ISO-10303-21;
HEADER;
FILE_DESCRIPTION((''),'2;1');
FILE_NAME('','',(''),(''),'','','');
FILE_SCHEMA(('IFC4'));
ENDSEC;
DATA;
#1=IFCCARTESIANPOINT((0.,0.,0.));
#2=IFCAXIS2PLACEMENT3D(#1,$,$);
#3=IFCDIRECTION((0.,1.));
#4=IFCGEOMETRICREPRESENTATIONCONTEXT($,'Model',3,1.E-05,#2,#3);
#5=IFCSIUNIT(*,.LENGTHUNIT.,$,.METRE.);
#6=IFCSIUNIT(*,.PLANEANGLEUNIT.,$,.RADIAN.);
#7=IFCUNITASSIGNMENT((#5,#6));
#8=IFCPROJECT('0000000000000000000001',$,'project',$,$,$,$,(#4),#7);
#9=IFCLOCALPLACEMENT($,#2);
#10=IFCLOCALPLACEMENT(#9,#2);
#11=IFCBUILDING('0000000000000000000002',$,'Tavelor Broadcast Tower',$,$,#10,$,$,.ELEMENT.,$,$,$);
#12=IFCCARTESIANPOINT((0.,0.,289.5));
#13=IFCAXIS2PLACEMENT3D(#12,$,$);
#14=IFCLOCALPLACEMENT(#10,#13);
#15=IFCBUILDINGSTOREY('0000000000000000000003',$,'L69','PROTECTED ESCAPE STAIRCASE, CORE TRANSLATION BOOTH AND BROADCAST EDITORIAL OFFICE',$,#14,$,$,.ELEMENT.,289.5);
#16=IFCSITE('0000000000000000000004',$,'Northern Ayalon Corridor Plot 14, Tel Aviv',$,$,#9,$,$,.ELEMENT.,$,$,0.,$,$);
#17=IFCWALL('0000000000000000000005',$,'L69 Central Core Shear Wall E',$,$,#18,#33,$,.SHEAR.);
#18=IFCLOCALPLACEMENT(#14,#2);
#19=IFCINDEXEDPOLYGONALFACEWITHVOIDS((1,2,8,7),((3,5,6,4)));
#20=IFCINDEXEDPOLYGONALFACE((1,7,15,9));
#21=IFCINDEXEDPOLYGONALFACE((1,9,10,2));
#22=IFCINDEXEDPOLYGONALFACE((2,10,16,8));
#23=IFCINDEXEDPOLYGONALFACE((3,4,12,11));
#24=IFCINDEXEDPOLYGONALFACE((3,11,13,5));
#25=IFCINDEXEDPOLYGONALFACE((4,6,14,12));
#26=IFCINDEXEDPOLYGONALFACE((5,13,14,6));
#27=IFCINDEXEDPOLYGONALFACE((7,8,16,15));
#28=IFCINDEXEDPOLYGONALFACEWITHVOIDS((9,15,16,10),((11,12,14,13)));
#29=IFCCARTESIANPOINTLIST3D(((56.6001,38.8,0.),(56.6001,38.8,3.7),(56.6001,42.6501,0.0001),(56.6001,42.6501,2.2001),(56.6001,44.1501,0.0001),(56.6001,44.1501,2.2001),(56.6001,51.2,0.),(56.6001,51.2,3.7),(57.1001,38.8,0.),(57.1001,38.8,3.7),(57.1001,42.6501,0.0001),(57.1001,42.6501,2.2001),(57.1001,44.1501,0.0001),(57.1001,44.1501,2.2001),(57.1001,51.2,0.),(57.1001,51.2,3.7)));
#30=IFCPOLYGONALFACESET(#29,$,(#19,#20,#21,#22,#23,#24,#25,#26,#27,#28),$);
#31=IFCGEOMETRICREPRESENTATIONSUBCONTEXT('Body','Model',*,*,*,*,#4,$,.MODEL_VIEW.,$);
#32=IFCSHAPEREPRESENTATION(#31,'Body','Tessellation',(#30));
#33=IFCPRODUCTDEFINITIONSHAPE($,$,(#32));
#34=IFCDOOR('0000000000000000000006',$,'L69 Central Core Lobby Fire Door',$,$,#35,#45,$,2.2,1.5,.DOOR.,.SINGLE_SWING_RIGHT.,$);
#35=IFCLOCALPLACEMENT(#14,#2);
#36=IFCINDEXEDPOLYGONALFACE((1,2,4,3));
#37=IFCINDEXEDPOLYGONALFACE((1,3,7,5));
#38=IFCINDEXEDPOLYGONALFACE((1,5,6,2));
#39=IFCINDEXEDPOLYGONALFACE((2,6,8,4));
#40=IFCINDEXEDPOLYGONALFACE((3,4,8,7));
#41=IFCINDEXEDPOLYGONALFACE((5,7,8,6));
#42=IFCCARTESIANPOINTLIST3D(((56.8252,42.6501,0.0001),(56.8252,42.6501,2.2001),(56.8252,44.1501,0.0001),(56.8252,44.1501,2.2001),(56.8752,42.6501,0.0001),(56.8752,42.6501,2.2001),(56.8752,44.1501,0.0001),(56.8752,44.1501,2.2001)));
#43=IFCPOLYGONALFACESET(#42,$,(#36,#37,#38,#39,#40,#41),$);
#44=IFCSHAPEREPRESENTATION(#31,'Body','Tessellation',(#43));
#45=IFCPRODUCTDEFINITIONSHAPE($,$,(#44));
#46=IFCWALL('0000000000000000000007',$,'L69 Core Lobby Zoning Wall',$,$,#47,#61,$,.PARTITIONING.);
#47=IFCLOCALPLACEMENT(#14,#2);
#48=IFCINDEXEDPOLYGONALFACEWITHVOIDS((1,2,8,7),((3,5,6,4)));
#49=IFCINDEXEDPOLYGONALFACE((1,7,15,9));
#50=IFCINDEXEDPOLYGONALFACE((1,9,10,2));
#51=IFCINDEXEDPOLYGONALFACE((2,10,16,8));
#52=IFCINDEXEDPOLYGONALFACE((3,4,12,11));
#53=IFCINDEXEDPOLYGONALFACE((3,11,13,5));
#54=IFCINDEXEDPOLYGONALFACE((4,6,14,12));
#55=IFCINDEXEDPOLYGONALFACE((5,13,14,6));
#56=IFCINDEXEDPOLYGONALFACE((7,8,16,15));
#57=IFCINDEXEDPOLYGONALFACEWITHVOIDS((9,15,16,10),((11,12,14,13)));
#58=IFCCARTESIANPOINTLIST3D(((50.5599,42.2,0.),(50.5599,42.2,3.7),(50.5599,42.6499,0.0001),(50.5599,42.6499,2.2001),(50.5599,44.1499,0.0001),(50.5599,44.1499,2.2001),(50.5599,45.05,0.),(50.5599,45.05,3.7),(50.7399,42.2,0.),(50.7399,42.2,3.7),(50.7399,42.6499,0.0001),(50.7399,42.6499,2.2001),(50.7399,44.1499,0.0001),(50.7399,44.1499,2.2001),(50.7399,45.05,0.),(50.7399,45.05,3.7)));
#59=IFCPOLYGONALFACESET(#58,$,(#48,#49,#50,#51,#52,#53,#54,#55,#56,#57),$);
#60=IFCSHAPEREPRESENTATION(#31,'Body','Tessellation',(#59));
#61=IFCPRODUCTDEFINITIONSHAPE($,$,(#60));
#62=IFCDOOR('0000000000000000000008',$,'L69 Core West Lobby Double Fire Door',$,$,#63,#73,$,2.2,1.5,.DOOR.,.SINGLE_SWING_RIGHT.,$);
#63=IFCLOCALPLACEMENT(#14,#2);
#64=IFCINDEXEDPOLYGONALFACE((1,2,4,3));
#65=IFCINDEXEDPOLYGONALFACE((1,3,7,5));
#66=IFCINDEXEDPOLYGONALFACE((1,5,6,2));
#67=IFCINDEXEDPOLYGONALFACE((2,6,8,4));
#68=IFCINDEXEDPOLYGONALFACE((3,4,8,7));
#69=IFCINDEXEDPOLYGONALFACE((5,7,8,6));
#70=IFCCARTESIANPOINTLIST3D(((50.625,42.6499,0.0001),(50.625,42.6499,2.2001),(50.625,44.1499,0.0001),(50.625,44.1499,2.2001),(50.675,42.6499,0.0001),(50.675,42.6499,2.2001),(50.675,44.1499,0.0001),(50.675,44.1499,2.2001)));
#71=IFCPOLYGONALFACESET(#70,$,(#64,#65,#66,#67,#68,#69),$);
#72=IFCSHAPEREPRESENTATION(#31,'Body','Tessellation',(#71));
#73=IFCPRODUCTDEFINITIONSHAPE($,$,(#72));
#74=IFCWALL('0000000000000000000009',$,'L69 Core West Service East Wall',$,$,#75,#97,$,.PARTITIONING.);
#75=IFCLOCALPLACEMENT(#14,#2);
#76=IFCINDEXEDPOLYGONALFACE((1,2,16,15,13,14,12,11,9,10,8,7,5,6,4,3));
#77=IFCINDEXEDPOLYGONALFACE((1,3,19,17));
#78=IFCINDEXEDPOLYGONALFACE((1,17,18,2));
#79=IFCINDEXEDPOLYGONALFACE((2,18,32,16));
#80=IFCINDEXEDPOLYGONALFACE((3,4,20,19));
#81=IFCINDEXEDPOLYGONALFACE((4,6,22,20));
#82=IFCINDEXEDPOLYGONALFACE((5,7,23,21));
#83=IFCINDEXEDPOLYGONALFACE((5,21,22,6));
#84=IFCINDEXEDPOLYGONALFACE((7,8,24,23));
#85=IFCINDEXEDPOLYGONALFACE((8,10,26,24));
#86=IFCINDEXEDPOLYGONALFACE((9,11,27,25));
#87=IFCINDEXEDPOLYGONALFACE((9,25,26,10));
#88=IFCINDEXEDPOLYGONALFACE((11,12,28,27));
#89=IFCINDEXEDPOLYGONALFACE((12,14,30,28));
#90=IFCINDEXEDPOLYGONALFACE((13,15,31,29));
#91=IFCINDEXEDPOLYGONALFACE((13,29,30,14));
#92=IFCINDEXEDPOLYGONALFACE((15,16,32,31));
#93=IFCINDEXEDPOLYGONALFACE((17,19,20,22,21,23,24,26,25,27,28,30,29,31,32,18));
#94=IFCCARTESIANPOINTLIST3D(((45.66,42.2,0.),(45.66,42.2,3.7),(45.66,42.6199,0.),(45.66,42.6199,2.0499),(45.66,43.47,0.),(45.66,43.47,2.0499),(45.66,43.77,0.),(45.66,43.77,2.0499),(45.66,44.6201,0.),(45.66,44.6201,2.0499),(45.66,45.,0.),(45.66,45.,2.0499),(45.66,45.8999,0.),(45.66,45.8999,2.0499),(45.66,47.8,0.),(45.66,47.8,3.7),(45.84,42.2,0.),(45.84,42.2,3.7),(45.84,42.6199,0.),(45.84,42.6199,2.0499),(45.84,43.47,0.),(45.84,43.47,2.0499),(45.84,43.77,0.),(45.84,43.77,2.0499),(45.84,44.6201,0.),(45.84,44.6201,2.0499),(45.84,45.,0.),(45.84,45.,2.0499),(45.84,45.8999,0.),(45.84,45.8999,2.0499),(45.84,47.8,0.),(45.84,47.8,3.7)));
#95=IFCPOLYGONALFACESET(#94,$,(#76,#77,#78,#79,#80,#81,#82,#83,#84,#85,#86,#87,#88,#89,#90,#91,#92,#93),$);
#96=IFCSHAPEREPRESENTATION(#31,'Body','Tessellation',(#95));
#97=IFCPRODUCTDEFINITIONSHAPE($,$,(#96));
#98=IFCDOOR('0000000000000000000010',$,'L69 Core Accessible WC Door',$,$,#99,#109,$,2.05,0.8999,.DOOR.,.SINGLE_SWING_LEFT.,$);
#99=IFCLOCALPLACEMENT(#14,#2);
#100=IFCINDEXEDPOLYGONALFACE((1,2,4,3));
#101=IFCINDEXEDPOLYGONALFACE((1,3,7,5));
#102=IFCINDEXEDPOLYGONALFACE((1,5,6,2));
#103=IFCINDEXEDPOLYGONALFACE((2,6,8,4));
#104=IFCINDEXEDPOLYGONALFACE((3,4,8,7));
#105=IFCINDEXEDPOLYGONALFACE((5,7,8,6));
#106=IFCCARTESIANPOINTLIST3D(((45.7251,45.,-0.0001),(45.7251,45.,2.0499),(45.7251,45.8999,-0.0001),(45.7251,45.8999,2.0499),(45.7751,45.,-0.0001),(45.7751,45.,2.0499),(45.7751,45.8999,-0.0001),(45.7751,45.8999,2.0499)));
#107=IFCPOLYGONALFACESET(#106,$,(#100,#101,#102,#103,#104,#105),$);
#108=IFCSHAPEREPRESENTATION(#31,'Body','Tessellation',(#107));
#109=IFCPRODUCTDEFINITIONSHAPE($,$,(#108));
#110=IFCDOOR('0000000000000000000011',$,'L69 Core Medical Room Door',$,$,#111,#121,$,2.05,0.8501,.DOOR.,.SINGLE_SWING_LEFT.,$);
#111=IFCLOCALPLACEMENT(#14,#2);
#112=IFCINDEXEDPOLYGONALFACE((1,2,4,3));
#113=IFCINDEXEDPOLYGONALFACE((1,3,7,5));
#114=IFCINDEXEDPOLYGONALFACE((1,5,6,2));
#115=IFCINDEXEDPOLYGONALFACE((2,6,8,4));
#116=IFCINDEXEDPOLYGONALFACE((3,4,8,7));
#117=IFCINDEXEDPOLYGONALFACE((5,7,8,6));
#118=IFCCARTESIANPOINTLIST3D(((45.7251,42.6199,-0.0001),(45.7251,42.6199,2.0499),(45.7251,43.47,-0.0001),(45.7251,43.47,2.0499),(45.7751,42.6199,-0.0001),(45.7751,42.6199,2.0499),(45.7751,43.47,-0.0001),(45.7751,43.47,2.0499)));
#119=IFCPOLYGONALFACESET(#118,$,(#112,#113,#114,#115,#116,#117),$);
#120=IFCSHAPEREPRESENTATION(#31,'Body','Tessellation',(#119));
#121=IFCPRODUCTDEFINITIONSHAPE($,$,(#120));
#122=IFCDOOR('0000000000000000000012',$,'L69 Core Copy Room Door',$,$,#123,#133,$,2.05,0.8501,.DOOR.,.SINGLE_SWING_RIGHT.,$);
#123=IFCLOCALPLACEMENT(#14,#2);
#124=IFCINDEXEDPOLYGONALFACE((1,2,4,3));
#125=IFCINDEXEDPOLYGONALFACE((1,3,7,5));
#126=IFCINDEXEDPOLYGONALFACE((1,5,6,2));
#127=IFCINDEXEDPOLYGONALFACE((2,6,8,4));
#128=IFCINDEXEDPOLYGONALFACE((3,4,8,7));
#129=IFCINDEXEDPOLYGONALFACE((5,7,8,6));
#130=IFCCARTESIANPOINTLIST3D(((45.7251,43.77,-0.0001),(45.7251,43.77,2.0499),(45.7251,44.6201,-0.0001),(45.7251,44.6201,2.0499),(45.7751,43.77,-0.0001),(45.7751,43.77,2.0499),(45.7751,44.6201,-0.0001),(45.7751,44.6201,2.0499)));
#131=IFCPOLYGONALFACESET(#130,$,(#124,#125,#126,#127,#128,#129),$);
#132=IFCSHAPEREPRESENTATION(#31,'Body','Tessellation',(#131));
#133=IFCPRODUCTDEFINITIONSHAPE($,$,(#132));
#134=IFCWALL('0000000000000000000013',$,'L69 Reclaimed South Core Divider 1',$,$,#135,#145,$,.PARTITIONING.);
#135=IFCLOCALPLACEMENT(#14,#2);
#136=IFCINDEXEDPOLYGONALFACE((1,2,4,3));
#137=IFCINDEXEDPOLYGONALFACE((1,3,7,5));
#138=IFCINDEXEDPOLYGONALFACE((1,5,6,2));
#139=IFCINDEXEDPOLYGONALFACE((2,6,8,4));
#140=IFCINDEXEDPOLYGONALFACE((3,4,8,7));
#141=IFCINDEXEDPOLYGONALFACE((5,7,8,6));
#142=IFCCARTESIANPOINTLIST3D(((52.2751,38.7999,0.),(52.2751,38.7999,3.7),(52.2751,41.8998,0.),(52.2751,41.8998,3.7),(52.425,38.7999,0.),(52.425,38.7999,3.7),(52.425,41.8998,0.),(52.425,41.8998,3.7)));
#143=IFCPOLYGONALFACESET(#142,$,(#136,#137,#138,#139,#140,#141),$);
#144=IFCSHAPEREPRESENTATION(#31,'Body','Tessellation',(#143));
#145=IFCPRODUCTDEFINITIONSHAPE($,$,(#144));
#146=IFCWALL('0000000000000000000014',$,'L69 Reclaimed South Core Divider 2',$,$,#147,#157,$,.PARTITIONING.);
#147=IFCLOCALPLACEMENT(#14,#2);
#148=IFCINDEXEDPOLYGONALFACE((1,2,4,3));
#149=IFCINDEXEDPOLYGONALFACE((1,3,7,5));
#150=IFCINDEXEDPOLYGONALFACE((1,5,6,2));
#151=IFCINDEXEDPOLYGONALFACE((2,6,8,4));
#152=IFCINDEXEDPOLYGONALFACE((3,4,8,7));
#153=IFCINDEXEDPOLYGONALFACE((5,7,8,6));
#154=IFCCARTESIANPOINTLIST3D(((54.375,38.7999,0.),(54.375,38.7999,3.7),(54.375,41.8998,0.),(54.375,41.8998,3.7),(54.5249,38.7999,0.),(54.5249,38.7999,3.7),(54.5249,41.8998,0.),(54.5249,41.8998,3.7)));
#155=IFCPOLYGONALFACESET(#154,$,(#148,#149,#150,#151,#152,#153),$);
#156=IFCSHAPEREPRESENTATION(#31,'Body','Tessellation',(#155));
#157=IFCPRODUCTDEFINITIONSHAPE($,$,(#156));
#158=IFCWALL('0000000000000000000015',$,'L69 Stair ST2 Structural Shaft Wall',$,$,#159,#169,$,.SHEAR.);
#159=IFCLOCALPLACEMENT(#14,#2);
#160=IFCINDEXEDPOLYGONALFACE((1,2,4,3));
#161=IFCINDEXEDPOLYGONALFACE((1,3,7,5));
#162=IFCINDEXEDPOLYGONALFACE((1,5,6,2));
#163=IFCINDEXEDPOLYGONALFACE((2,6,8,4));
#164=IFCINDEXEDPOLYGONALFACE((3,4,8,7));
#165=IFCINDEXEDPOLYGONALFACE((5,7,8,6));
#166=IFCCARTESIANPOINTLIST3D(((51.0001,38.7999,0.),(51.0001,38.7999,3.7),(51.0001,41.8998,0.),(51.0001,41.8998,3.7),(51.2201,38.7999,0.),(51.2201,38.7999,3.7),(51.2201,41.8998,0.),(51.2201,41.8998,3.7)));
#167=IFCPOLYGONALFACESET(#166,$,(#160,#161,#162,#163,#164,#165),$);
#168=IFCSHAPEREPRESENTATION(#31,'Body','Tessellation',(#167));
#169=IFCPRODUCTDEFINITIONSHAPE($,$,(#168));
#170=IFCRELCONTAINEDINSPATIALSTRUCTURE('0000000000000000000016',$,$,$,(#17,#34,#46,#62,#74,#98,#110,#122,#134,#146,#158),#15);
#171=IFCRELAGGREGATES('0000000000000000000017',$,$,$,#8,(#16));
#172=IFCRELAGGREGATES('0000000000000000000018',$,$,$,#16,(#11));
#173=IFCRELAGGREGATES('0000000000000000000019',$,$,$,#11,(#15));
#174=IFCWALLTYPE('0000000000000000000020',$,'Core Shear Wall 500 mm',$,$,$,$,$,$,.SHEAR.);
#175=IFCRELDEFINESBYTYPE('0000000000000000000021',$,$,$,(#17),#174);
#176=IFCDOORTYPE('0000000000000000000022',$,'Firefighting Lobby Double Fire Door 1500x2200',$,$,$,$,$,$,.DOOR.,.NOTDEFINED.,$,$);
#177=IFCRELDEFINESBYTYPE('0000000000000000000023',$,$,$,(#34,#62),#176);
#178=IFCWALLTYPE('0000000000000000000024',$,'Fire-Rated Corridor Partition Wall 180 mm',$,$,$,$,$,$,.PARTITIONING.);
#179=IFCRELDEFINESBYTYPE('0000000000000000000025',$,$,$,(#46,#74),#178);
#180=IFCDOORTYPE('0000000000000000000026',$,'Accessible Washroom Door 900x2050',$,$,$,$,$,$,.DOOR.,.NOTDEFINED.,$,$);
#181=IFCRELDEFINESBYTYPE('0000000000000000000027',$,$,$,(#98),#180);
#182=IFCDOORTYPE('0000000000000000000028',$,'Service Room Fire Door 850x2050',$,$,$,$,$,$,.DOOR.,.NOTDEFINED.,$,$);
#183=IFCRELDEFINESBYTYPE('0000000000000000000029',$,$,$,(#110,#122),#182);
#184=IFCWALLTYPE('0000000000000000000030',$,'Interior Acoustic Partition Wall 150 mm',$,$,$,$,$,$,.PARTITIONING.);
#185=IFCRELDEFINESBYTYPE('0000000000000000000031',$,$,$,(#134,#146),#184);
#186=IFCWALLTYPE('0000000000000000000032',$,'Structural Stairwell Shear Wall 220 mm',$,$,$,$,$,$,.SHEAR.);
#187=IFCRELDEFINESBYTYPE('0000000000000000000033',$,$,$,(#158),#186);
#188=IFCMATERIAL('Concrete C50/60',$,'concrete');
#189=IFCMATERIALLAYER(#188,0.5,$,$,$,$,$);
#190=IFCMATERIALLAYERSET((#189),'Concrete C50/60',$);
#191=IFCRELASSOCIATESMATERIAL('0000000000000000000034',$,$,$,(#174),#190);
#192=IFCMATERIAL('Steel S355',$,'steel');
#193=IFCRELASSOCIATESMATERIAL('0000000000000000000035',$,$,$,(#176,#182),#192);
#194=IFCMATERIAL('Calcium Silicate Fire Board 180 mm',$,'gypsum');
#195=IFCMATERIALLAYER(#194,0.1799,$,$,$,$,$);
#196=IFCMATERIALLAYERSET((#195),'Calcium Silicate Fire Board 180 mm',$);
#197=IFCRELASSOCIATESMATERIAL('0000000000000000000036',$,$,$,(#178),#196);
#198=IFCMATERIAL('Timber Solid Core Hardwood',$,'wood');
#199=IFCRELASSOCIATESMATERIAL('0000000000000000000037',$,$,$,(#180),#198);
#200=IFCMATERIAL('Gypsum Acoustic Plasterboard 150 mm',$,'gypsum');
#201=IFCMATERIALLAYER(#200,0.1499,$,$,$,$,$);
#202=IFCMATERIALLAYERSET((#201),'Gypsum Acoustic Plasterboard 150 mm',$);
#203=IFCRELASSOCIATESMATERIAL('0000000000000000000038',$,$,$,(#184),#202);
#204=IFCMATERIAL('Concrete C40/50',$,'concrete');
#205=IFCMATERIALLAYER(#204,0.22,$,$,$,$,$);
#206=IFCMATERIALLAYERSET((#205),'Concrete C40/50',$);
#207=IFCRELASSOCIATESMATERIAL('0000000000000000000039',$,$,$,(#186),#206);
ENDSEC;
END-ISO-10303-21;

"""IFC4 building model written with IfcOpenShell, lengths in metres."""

from ifc_helpers import new_model, si_unit, direction, frame, frame_2d, origin, place, context, subcontext, project, spatial, rectangle, extrude, material, layer, layer_set, type_object, element, fill, save


model = new_model("IFC4")

# Units and contexts
model_context = context("Model", 3, precision=1e-05, world=origin(), true_north=direction((0.0, 1.0)))
body_context = subcontext(model_context, "Body", "Model", "MODEL_VIEW")
ifc_project = project(units=[si_unit("LENGTHUNIT", "METRE"), si_unit("PLANEANGLEUNIT", "RADIAN")], contexts=[model_context])

# Site, building, storey
site_placement = place(None, origin())
site = spatial("IfcSite", under=ifc_project, at=site_placement, Name="Northern Ayalon Corridor Plot 14, Tel Aviv", CompositionType="ELEMENT", RefElevation=0.0)
building_placement = place(site_placement, origin())
building = spatial("IfcBuilding", under=site, at=building_placement, Name="Tavelor Broadcast Tower", CompositionType="ELEMENT")
storey_placement = place(building_placement, frame((0.0, 0.0, 289.5)))
storey = spatial("IfcBuildingStorey", under=building, at=storey_placement, Name="L69", Description="PROTECTED ESCAPE STAIRCASE, CORE TRANSLATION BOOTH AND BROADCAST EDITORIAL OFFICE", CompositionType="ELEMENT", Elevation=289.5)

# Shared definitions
ifc_material_1 = material(Name="Concrete C50/60", Category="concrete")

# Shared definitions
ifc_material_2 = material(Name="Concrete C40/50", Category="concrete")
ifc_material_3 = material(Name="Steel S355", Category="steel")

# Walls, openings, doors
ifc_layer_1 = layer(ifc_material_1, 0.5)
ifc_layer_set_1 = layer_set([ifc_layer_1], Name="Concrete C50/60")
wall_type_1 = type_object("IfcWallType", Name="Core Shear Wall 500 mm", PredefinedType="SHEAR", material=ifc_layer_set_1)
wall_1_placement = place(storey_placement, frame((56.8501, 38.8, 0.0), z_axis=(0.0, 0.0, 1.0), x_axis=(0.0, 1.0, 0.0)))
wall_1 = element("IfcWall", 1, at=wall_1_placement, inside=storey, type_object=wall_type_1, Name="L69 Central Core Shear Wall E", PredefinedType="SHEAR", context=body_context, shape_type="SweptSolid", body=[
    extrude(rectangle(XDim=12.3999, YDim=0.5, at=frame_2d((6.2, 0.0))), origin(), (0.0, 0.0, 1.0), 3.7),
])
opening_1_placement = place(wall_1_placement, frame((3.8501, 0.0, 0.0)))
opening_1 = element("IfcOpeningElement", 2, at=opening_1_placement, cuts=wall_1, PredefinedType="OPENING", context=body_context, shape_type="SweptSolid", body=[
    extrude(rectangle(XDim=1.5, YDim=2.2, at=frame_2d((0.75, 1.1001))), frame((0.0, 0.26, 0.0), z_axis=(0.0, -1.0, 0.0), x_axis=(1.0, 0.0, 0.0)), (0.0, 0.0, 1.0), 0.52),
])
door_type_1 = type_object("IfcDoorType", Name="Firefighting Lobby Double Fire Door 1500x2200", OperationType="NOTDEFINED", PredefinedType="DOOR", material=ifc_material_3)
door_1_placement = place(opening_1_placement, origin())
door_1 = element("IfcDoor", 3, at=door_1_placement, inside=storey, type_object=door_type_1, Name="L69 Central Core Lobby Fire Door", OperationType="SINGLE_SWING_RIGHT", OverallHeight=2.2, OverallWidth=1.5, PredefinedType="DOOR", context=body_context, shape_type="SweptSolid", body=[
    extrude(rectangle(XDim=1.5, YDim=2.2, at=frame_2d((0.75, 1.1001))), frame((0.0, 0.0249, 0.0), z_axis=(0.0, -1.0, 0.0), x_axis=(1.0, 0.0, 0.0)), (0.0, 0.0, 1.0), 0.05),
])
fill(opening_1, door_1)
ifc_material_4 = material(Name="Calcium Silicate Fire Board 180 mm", Category="gypsum")
ifc_layer_2 = layer(ifc_material_4, 0.1799)
ifc_layer_set_2 = layer_set([ifc_layer_2], Name="Calcium Silicate Fire Board 180 mm")
wall_type_2 = type_object("IfcWallType", Name="Fire-Rated Corridor Partition Wall 180 mm", PredefinedType="PARTITIONING", material=ifc_layer_set_2)
wall_2_placement = place(storey_placement, frame((50.6499, 42.2, 0.0), z_axis=(0.0, 0.0, 1.0), x_axis=(0.0, 1.0, 0.0)))
wall_2 = element("IfcWall", 4, at=wall_2_placement, inside=storey, type_object=wall_type_2, Name="L69 Core Lobby Zoning Wall", PredefinedType="PARTITIONING", context=body_context, shape_type="SweptSolid", body=[
    extrude(rectangle(XDim=2.8501, YDim=0.1799, at=frame_2d((1.425, 0.0))), origin(), (0.0, 0.0, 1.0), 3.7),
])
opening_2_placement = place(wall_2_placement, frame((0.45, 0.0, 0.0)))
opening_2 = element("IfcOpeningElement", 5, at=opening_2_placement, cuts=wall_2, PredefinedType="OPENING", context=body_context, shape_type="SweptSolid", body=[
    extrude(rectangle(XDim=1.5, YDim=2.2, at=frame_2d((0.75, 1.1001))), frame((0.0, 0.1001, 0.0), z_axis=(0.0, -1.0, 0.0), x_axis=(1.0, 0.0, 0.0)), (0.0, 0.0, 1.0), 0.2),
])
door_2_placement = place(opening_2_placement, origin())
door_2 = element("IfcDoor", 6, at=door_2_placement, inside=storey, type_object=door_type_1, Name="L69 Core West Lobby Double Fire Door", OperationType="SINGLE_SWING_RIGHT", OverallHeight=2.2, OverallWidth=1.5, PredefinedType="DOOR", context=body_context, shape_type="SweptSolid", body=[
    extrude(rectangle(XDim=1.5, YDim=2.2, at=frame_2d((0.75, 1.1001))), frame((0.0, 0.0249, 0.0), z_axis=(0.0, -1.0, 0.0), x_axis=(1.0, 0.0, 0.0)), (0.0, 0.0, 1.0), 0.05),
])
fill(opening_2, door_2)

# Wall, openings, doors
wall_3_placement = place(storey_placement, frame((45.75, 42.2, 0.0), z_axis=(0.0, 0.0, 1.0), x_axis=(0.0, 1.0, 0.0)))
wall_3 = element("IfcWall", 7, at=wall_3_placement, inside=storey, type_object=wall_type_2, Name="L69 Core West Service East Wall", PredefinedType="PARTITIONING", context=body_context, shape_type="SweptSolid", body=[
    extrude(rectangle(XDim=5.6001, YDim=0.1799, at=frame_2d((2.8, 0.0))), origin(), (0.0, 0.0, 1.0), 3.7),
])
opening_3_placement = place(wall_3_placement, frame((0.4199, 0.0, 0.0)))
opening_3 = element("IfcOpeningElement", 8, at=opening_3_placement, cuts=wall_3, PredefinedType="OPENING", context=body_context, shape_type="SweptSolid", body=[
    extrude(rectangle(XDim=0.8501, YDim=2.05, at=frame_2d((0.425, 1.0249))), frame((0.0, 0.1001, 0.0), z_axis=(0.0, -1.0, 0.0), x_axis=(1.0, 0.0, 0.0)), (0.0, 0.0, 1.0), 0.2),
])
opening_4_placement = place(wall_3_placement, frame((1.5701, 0.0, 0.0)))
opening_4 = element("IfcOpeningElement", 9, at=opening_4_placement, cuts=wall_3, PredefinedType="OPENING", context=body_context, shape_type="SweptSolid", body=[
    extrude(rectangle(XDim=0.8501, YDim=2.05, at=frame_2d((0.425, 1.0249))), frame((0.0, 0.1001, 0.0), z_axis=(0.0, -1.0, 0.0), x_axis=(1.0, 0.0, 0.0)), (0.0, 0.0, 1.0), 0.2),
])
opening_5_placement = place(wall_3_placement, frame((2.8, 0.0, 0.0)))
opening_5 = element("IfcOpeningElement", 10, at=opening_5_placement, cuts=wall_3, PredefinedType="OPENING", context=body_context, shape_type="SweptSolid", body=[
    extrude(rectangle(XDim=0.8999, YDim=2.05, at=frame_2d((0.45, 1.0249))), frame((0.0, 0.1001, 0.0), z_axis=(0.0, -1.0, 0.0), x_axis=(1.0, 0.0, 0.0)), (0.0, 0.0, 1.0), 0.2),
])
ifc_material_5 = material(Name="Timber Solid Core Hardwood", Category="wood")
door_type_2 = type_object("IfcDoorType", Name="Accessible Washroom Door 900x2050", OperationType="NOTDEFINED", PredefinedType="DOOR", material=ifc_material_5)
door_3_placement = place(opening_5_placement, origin())
door_3 = element("IfcDoor", 11, at=door_3_placement, inside=storey, type_object=door_type_2, Name="L69 Core Accessible WC Door", OperationType="SINGLE_SWING_LEFT", OverallHeight=2.05, OverallWidth=0.8999, PredefinedType="DOOR", context=body_context, shape_type="SweptSolid", body=[
    extrude(rectangle(XDim=0.8999, YDim=2.05, at=frame_2d((0.45, 1.0249))), frame((0.0, 0.0249, 0.0), z_axis=(0.0, -1.0, 0.0), x_axis=(1.0, 0.0, 0.0)), (0.0, 0.0, 1.0), 0.05),
])
fill(opening_5, door_3)
door_type_3 = type_object("IfcDoorType", Name="Service Room Fire Door 850x2050", OperationType="NOTDEFINED", PredefinedType="DOOR", material=ifc_material_3)
door_4_placement = place(opening_3_placement, origin())
door_4 = element("IfcDoor", 12, at=door_4_placement, inside=storey, type_object=door_type_3, Name="L69 Core Medical Room Door", OperationType="SINGLE_SWING_LEFT", OverallHeight=2.05, OverallWidth=0.8501, PredefinedType="DOOR", context=body_context, shape_type="SweptSolid", body=[
    extrude(rectangle(XDim=0.8501, YDim=2.05, at=frame_2d((0.425, 1.0249))), frame((0.0, 0.0249, 0.0), z_axis=(0.0, -1.0, 0.0), x_axis=(1.0, 0.0, 0.0)), (0.0, 0.0, 1.0), 0.05),
])
fill(opening_3, door_4)
door_5_placement = place(opening_4_placement, origin())
door_5 = element("IfcDoor", 13, at=door_5_placement, inside=storey, type_object=door_type_3, Name="L69 Core Copy Room Door", OperationType="SINGLE_SWING_RIGHT", OverallHeight=2.05, OverallWidth=0.8501, PredefinedType="DOOR", context=body_context, shape_type="SweptSolid", body=[
    extrude(rectangle(XDim=0.8501, YDim=2.05, at=frame_2d((0.425, 1.0249))), frame((0.0, 0.0249, 0.0), z_axis=(0.0, -1.0, 0.0), x_axis=(1.0, 0.0, 0.0)), (0.0, 0.0, 1.0), 0.05),
])
fill(opening_4, door_5)

# Walls
ifc_material_6 = material(Name="Gypsum Acoustic Plasterboard 150 mm", Category="gypsum")
ifc_layer_3 = layer(ifc_material_6, 0.1499)
ifc_layer_set_3 = layer_set([ifc_layer_3], Name="Gypsum Acoustic Plasterboard 150 mm")
wall_type_3 = type_object("IfcWallType", Name="Interior Acoustic Partition Wall 150 mm", PredefinedType="PARTITIONING", material=ifc_layer_set_3)
for number, where, z_axis, x_axis, name in (
    (14, (52.3501, 38.8, 0.0), (0.0, 0.0, 1.0), (0.0, 1.0, 0.0), "L69 Reclaimed South Core Divider 1"),
    (15, (54.45, 38.8, 0.0), (0.0, 0.0, 1.0), (0.0, 1.0, 0.0), "L69 Reclaimed South Core Divider 2"),
):
    element("IfcWall", number, at=place(storey_placement, frame(where, z_axis=z_axis, x_axis=x_axis)), inside=storey, type_object=wall_type_3, Name=name, PredefinedType="PARTITIONING", context=body_context, shape_type="SweptSolid", body=[
        extrude(rectangle(XDim=3.0999, YDim=0.1499, at=frame_2d((1.5498, 0.0))), origin(), (0.0, 0.0, 1.0), 3.7),
    ])
ifc_layer_4 = layer(ifc_material_2, 0.22)
ifc_layer_set_4 = layer_set([ifc_layer_4], Name="Concrete C40/50")
wall_type_4 = type_object("IfcWallType", Name="Structural Stairwell Shear Wall 220 mm", PredefinedType="SHEAR", material=ifc_layer_set_4)
wall_4_placement = place(storey_placement, frame((51.1101, 38.8, 0.0), z_axis=(0.0, 0.0, 1.0), x_axis=(0.0, 1.0, 0.0)))
element("IfcWall", 16, at=wall_4_placement, inside=storey, type_object=wall_type_4, Name="L69 Stair ST2 Structural Shaft Wall", PredefinedType="SHEAR", context=body_context, shape_type="SweptSolid", body=[
    extrude(rectangle(XDim=3.0999, YDim=0.22, at=frame_2d((1.5498, 0.0))), origin(), (0.0, 0.0, 1.0), 3.7),
])

save(model, "model.ifc")
